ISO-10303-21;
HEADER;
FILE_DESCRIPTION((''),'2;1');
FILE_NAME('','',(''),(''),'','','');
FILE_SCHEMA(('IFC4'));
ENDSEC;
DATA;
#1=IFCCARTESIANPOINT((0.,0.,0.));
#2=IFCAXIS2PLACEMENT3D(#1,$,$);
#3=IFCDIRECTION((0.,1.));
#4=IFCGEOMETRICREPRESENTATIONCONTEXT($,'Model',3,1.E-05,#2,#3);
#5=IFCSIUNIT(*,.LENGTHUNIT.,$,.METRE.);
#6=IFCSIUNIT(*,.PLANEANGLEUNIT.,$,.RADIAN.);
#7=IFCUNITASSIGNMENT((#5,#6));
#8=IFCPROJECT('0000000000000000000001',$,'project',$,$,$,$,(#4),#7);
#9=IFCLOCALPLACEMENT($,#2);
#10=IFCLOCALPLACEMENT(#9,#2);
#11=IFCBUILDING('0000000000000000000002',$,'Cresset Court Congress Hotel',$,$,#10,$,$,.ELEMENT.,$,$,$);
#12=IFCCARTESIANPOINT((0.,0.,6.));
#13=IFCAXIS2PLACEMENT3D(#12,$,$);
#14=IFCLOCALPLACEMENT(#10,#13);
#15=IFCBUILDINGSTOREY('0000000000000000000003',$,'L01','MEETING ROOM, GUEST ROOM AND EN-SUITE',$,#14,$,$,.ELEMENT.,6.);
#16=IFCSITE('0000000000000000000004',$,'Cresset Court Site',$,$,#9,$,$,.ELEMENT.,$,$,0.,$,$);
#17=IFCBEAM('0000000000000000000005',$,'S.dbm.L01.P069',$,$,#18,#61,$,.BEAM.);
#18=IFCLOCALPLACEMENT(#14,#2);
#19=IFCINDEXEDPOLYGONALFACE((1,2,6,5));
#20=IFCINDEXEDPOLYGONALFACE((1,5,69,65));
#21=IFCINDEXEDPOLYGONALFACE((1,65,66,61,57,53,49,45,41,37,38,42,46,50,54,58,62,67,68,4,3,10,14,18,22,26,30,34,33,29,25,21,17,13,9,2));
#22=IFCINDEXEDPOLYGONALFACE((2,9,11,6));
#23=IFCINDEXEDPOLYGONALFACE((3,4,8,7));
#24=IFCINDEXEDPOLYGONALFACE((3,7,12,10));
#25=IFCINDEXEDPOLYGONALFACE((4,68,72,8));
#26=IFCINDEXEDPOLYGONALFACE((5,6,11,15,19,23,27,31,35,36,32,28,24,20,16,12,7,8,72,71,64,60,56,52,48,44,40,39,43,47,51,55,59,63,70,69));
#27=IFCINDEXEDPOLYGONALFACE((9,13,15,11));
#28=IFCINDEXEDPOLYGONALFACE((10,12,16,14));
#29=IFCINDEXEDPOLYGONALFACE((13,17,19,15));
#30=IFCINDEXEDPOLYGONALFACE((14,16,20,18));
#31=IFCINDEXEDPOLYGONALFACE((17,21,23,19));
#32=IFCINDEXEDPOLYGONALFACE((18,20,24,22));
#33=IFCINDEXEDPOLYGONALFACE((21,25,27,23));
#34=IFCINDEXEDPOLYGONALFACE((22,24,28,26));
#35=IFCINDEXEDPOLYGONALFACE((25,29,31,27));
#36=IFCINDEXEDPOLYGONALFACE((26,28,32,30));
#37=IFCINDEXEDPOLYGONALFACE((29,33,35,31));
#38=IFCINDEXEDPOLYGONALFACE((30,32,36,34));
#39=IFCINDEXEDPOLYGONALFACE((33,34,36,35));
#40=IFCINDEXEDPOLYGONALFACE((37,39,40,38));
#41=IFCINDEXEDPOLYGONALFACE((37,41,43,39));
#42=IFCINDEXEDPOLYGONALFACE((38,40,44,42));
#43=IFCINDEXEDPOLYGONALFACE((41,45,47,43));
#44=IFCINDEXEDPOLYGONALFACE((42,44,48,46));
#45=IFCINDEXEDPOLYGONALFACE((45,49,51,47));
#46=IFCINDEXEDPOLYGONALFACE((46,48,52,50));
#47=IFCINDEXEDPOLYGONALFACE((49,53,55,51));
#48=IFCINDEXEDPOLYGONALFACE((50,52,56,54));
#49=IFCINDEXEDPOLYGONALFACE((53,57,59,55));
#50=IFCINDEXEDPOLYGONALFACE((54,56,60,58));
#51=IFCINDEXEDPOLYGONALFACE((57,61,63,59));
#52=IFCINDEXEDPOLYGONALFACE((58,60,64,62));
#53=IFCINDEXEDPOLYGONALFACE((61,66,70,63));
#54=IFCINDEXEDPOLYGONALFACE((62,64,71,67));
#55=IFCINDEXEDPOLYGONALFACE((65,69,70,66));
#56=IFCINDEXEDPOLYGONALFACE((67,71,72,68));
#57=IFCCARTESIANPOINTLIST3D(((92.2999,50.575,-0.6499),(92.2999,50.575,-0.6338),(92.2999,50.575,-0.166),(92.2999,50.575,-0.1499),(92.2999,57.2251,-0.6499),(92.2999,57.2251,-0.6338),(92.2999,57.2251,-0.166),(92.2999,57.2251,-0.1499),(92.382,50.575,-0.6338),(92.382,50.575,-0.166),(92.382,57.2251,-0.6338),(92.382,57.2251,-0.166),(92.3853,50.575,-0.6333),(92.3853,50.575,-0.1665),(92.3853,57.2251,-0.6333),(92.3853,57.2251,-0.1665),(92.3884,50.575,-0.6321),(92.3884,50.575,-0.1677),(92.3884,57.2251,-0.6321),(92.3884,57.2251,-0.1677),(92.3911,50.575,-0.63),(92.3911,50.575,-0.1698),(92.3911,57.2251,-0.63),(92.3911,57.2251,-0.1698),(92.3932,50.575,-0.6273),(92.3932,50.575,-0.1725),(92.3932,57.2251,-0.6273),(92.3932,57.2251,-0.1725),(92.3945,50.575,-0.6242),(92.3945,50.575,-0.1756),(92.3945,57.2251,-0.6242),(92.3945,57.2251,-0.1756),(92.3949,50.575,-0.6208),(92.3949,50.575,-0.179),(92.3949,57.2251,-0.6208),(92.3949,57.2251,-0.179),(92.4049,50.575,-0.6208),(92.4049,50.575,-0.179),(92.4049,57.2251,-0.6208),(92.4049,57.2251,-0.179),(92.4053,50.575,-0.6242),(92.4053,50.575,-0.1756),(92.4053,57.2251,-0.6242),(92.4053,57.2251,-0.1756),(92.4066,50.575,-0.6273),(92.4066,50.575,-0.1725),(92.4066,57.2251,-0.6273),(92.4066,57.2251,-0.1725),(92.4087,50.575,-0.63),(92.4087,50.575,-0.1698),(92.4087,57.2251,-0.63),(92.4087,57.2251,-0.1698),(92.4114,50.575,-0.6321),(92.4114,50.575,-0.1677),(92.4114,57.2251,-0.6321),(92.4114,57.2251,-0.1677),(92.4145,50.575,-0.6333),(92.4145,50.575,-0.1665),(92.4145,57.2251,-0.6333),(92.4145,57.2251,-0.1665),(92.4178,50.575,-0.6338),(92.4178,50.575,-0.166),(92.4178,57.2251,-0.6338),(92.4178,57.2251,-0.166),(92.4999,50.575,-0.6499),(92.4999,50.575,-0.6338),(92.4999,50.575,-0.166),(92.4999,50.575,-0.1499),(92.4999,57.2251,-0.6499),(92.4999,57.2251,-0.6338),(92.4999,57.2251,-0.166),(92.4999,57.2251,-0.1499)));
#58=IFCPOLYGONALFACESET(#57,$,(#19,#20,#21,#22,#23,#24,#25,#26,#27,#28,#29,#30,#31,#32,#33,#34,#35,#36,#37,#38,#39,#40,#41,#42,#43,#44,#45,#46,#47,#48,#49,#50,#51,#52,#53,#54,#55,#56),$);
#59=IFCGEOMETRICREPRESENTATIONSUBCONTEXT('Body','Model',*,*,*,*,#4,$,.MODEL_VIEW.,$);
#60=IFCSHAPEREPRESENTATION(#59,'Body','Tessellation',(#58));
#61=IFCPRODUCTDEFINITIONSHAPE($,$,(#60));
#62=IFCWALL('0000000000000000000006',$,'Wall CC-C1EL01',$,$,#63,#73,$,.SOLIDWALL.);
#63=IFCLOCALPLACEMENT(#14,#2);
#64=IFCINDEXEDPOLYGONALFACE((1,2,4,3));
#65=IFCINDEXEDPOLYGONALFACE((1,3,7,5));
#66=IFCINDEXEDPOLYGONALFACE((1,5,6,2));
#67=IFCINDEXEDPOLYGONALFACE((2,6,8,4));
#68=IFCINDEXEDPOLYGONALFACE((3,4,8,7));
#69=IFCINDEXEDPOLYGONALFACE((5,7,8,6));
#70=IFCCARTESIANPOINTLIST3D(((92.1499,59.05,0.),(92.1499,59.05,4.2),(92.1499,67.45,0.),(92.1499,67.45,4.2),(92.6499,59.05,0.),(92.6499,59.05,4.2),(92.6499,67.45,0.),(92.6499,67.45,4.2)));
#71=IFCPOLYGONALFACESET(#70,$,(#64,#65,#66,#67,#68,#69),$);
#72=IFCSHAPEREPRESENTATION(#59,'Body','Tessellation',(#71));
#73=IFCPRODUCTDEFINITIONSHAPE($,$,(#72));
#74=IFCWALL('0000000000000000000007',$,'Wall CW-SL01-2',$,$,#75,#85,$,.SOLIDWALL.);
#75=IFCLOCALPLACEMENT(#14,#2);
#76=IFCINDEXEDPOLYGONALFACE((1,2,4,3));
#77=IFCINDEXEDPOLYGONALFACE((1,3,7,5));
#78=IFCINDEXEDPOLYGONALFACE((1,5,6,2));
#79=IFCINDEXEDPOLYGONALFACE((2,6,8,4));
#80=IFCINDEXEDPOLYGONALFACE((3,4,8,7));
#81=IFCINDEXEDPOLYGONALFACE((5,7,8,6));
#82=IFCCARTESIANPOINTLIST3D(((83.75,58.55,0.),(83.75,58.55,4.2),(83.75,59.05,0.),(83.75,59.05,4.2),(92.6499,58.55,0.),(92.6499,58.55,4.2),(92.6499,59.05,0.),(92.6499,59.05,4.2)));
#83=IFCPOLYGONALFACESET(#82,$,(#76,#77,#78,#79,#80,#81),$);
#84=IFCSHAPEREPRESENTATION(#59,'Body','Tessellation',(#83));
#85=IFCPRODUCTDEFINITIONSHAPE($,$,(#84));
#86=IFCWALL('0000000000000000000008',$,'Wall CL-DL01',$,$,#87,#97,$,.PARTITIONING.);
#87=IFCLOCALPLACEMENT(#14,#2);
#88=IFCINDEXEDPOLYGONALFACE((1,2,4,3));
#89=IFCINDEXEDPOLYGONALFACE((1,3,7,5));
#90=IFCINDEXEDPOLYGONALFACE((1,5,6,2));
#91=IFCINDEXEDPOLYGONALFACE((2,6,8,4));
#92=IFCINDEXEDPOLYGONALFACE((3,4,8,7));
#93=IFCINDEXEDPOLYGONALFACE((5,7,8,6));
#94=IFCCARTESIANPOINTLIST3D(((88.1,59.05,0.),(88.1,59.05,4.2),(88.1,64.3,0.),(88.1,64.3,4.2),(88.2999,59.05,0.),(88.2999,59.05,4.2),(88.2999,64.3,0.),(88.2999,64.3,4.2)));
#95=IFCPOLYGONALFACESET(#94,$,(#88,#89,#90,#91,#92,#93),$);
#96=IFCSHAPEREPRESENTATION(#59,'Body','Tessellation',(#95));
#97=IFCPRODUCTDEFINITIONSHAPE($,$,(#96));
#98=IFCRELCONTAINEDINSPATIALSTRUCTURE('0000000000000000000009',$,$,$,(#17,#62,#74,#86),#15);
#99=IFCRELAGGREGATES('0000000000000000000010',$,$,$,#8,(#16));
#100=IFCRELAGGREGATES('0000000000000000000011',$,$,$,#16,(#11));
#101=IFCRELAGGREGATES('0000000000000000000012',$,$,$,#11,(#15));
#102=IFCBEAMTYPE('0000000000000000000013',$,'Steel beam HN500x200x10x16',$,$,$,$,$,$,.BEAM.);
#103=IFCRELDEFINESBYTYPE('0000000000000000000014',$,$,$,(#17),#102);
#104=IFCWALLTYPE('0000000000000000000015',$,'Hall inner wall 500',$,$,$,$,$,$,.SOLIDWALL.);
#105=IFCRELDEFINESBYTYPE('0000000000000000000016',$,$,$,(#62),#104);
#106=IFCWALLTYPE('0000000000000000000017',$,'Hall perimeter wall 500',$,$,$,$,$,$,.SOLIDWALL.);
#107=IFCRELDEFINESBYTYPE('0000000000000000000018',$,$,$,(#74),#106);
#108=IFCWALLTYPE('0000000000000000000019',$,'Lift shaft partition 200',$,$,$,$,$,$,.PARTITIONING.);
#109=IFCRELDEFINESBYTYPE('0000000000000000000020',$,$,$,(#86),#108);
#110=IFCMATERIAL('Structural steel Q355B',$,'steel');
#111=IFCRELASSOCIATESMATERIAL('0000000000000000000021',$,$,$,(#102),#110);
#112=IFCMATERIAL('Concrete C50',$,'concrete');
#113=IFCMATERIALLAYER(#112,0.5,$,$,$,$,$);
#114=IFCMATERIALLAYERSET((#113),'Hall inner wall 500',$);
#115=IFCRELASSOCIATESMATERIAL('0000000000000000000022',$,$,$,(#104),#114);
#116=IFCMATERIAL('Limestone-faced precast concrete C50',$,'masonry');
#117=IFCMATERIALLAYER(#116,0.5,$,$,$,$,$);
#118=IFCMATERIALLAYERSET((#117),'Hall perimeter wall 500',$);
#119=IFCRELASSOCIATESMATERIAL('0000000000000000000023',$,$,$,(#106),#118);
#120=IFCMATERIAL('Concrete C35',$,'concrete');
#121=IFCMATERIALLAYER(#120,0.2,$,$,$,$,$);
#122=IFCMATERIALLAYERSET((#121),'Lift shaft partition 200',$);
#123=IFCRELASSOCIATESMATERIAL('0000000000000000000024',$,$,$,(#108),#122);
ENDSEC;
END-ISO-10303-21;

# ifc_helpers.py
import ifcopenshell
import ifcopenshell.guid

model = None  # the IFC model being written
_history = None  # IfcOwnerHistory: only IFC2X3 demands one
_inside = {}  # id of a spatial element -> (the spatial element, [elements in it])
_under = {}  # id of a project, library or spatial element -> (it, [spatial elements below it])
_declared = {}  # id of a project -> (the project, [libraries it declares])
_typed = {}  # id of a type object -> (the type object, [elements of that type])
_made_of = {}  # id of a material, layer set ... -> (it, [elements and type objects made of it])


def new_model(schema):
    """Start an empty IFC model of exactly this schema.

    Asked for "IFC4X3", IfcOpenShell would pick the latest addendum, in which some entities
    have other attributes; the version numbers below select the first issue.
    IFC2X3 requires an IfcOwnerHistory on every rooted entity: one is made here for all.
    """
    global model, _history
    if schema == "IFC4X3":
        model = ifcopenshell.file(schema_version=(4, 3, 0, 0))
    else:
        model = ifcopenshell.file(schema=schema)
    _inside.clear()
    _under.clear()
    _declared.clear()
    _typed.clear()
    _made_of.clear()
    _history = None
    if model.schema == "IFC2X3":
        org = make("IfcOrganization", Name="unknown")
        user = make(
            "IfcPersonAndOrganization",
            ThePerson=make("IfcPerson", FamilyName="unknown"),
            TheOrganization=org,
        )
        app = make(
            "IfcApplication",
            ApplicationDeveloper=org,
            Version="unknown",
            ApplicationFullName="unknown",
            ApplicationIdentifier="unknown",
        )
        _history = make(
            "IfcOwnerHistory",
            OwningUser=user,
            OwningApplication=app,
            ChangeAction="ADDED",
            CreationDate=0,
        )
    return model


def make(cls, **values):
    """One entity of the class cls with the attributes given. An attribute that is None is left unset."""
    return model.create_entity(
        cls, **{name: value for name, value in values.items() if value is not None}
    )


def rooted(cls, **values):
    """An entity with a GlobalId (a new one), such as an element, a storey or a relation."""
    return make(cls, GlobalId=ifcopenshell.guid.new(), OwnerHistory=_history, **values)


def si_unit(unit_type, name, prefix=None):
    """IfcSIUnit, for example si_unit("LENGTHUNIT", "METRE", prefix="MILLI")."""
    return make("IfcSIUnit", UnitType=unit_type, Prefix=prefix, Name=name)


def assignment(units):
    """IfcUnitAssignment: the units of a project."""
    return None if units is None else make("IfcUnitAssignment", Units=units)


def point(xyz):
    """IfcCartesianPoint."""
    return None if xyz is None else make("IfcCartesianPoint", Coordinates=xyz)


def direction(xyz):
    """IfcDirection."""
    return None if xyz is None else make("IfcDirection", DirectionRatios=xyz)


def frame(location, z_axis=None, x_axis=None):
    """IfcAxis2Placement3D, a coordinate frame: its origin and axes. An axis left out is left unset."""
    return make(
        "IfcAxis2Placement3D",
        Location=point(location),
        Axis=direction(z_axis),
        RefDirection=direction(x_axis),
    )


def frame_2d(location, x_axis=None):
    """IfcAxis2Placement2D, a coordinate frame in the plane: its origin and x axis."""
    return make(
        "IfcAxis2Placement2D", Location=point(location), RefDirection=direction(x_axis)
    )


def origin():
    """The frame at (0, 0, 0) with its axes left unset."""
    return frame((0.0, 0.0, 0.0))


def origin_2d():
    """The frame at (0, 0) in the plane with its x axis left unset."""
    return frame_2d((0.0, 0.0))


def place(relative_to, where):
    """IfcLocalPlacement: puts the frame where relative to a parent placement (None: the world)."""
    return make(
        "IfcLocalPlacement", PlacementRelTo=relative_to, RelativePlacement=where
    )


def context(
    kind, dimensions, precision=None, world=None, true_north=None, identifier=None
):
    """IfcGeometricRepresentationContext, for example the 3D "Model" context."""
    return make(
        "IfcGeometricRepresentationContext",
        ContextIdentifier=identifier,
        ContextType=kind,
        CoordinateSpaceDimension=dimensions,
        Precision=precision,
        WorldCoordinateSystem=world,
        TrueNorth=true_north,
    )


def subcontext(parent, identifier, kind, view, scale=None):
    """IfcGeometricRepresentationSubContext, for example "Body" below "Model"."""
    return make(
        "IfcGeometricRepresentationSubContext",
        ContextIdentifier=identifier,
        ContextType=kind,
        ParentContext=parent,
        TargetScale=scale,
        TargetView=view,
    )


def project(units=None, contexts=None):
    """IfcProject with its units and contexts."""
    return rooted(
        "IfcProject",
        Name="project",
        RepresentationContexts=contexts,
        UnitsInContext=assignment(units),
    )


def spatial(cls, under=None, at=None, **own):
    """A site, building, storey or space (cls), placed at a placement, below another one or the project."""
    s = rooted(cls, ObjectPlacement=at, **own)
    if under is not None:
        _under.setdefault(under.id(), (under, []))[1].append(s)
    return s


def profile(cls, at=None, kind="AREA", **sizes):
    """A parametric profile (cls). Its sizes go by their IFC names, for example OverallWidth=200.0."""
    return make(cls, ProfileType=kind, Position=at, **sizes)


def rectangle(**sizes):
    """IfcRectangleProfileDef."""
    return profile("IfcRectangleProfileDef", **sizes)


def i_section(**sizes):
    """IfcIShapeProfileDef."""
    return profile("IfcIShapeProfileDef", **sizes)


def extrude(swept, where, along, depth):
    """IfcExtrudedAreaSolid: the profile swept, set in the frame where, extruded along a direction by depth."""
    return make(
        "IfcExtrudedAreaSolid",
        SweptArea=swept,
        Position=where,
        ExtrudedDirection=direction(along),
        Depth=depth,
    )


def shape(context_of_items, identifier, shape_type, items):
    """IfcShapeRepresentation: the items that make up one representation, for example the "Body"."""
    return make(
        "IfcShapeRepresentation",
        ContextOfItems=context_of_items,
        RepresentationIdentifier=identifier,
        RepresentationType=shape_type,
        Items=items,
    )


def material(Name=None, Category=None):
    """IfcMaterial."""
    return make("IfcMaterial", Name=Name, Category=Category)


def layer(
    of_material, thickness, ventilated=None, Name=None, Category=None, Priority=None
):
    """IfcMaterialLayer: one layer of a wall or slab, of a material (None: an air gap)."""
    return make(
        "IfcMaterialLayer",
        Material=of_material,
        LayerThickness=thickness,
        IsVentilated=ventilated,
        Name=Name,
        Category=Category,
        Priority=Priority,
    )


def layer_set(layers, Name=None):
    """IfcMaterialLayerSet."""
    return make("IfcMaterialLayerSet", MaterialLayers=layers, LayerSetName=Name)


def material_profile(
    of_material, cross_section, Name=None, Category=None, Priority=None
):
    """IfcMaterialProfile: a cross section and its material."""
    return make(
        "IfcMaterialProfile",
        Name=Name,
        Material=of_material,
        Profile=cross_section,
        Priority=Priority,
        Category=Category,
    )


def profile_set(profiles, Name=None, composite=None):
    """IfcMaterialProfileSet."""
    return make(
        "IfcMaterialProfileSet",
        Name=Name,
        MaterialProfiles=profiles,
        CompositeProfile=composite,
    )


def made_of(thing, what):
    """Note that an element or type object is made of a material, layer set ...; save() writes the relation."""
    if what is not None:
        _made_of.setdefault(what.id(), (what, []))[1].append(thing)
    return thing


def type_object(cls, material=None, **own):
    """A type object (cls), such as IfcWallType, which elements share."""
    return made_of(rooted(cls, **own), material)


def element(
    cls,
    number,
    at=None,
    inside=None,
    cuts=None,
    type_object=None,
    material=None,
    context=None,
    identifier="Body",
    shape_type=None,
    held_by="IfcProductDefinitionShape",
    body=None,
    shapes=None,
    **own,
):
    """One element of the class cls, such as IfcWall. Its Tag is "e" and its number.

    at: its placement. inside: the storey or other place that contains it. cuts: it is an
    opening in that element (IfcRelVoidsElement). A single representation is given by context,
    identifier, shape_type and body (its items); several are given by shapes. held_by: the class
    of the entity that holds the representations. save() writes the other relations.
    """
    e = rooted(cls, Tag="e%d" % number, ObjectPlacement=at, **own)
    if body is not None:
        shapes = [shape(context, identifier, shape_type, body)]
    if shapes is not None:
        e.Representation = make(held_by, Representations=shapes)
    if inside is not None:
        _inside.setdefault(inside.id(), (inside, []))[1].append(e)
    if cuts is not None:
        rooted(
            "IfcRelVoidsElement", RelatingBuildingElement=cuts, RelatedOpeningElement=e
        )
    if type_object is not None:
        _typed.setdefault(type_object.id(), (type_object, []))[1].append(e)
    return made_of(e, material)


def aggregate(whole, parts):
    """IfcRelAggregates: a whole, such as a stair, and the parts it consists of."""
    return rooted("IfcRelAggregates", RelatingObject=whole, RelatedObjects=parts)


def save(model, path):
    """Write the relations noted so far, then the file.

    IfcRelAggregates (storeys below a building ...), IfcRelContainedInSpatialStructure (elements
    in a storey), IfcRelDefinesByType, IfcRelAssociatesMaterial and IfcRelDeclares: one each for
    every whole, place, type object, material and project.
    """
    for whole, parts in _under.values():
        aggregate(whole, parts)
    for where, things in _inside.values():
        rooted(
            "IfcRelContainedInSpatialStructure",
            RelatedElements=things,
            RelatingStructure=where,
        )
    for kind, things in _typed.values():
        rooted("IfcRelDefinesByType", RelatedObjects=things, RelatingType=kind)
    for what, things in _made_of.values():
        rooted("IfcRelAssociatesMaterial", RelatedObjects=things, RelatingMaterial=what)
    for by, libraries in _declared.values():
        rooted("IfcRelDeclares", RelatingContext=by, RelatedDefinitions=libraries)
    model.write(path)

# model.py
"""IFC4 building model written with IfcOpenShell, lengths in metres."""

from ifc_helpers import new_model, si_unit, direction, frame, frame_2d, origin, origin_2d, place, context, subcontext, project, spatial, rectangle, i_section, extrude, material, layer, layer_set, material_profile, profile_set, type_object, element, save


model = new_model("IFC4")

# Units and contexts
model_context = context("Model", 3, precision=1e-05, world=origin(), true_north=direction((0.0, 1.0)))
body_context = subcontext(model_context, "Body", "Model", "MODEL_VIEW")
ifc_project = project(units=[si_unit("LENGTHUNIT", "METRE"), si_unit("PLANEANGLEUNIT", "RADIAN")], contexts=[model_context])

# Site, building, storey
site_placement = place(None, origin())
site = spatial("IfcSite", under=ifc_project, at=site_placement, Name="Cresset Court Site", CompositionType="ELEMENT", RefElevation=0.0)
building_placement = place(site_placement, origin())
building = spatial("IfcBuilding", under=site, at=building_placement, Name="Cresset Court Congress Hotel", CompositionType="ELEMENT")
storey_placement = place(building_placement, frame((0.0, 0.0, 6.0)))
storey = spatial("IfcBuildingStorey", under=building, at=storey_placement, Name="L01", Description="MEETING ROOM, GUEST ROOM AND EN-SUITE", CompositionType="ELEMENT", Elevation=6.0)

# Beam
ifc_material_1 = material(Name="Structural steel Q355B", Category="steel")
ifc_material_profile_1 = material_profile(ifc_material_1, i_section(OverallWidth=0.2, OverallDepth=0.5, WebThickness=0.01, FlangeThickness=0.0161, FilletRadius=0.0129, at=origin_2d()), Name="HN500x200x10x16")
ifc_profile_set_1 = profile_set([ifc_material_profile_1], Name="Structural steel Q355B")
beam_type_1 = type_object("IfcBeamType", Name="Steel beam HN500x200x10x16", PredefinedType="BEAM", material=ifc_profile_set_1)
beam_placement = place(storey_placement, frame((92.3999, 50.575, -0.3999), z_axis=(0.0, 1.0, 0.0), x_axis=(-1.0, 0.0, 0.0)))
element("IfcBeam", 1, at=beam_placement, inside=storey, type_object=beam_type_1, Name="S.dbm.L01.P069", PredefinedType="BEAM", context=body_context, shape_type="SweptSolid", body=[
    extrude(i_section(OverallWidth=0.2, OverallDepth=0.5, WebThickness=0.01, FlangeThickness=0.0161, FilletRadius=0.0129, at=origin_2d()), origin(), (0.0, 0.0, 1.0), 6.6501),
])

# Walls
ifc_material_2 = material(Name="Concrete C50", Category="concrete")
ifc_layer_1 = layer(ifc_material_2, 0.5)
ifc_layer_set_1 = layer_set([ifc_layer_1], Name="Hall inner wall 500")
wall_type_1 = type_object("IfcWallType", Name="Hall inner wall 500", PredefinedType="SOLIDWALL", material=ifc_layer_set_1)
wall_1_placement = place(storey_placement, frame((92.3999, 59.05, 0.0), z_axis=(0.0, 0.0, 1.0), x_axis=(0.0, 1.0, 0.0)))
element("IfcWall", 2, at=wall_1_placement, inside=storey, type_object=wall_type_1, Name="Wall CC-C1EL01", PredefinedType="SOLIDWALL", context=body_context, shape_type="SweptSolid", body=[
    extrude(rectangle(XDim=8.3999, YDim=0.5, at=frame_2d((4.2, 0.0))), origin(), (0.0, 0.0, 1.0), 4.2),
])
ifc_material_3 = material(Name="Limestone-faced precast concrete C50", Category="masonry")
ifc_layer_2 = layer(ifc_material_3, 0.5)
ifc_layer_set_2 = layer_set([ifc_layer_2], Name="Hall perimeter wall 500")
wall_type_2 = type_object("IfcWallType", Name="Hall perimeter wall 500", PredefinedType="SOLIDWALL", material=ifc_layer_set_2)
wall_2_placement = place(storey_placement, frame((92.6499, 58.8, 0.0), z_axis=(0.0, 0.0, 1.0), x_axis=(-1.0, 0.0, 0.0)))
element("IfcWall", 3, at=wall_2_placement, inside=storey, type_object=wall_type_2, Name="Wall CW-SL01-2", PredefinedType="SOLIDWALL", context=body_context, shape_type="SweptSolid", body=[
    extrude(rectangle(XDim=8.8999, YDim=0.5, at=frame_2d((4.45, 0.0))), origin(), (0.0, 0.0, 1.0), 4.2),
])
ifc_material_4 = material(Name="Concrete C35", Category="concrete")
ifc_layer_3 = layer(ifc_material_4, 0.2)
ifc_layer_set_3 = layer_set([ifc_layer_3], Name="Lift shaft partition 200")
wall_type_3 = type_object("IfcWallType", Name="Lift shaft partition 200", PredefinedType="PARTITIONING", material=ifc_layer_set_3)
wall_3_placement = place(storey_placement, frame((88.2, 59.05, 0.0), z_axis=(0.0, 0.0, 1.0), x_axis=(0.0, 1.0, 0.0)))
element("IfcWall", 4, at=wall_3_placement, inside=storey, type_object=wall_type_3, Name="Wall CL-DL01", PredefinedType="PARTITIONING", context=body_context, shape_type="SweptSolid", body=[
    extrude(rectangle(XDim=5.25, YDim=0.2, at=frame_2d((2.625, 0.0))), origin(), (0.0, 0.0, 1.0), 4.2),
])

save(model, "model.ifc")
